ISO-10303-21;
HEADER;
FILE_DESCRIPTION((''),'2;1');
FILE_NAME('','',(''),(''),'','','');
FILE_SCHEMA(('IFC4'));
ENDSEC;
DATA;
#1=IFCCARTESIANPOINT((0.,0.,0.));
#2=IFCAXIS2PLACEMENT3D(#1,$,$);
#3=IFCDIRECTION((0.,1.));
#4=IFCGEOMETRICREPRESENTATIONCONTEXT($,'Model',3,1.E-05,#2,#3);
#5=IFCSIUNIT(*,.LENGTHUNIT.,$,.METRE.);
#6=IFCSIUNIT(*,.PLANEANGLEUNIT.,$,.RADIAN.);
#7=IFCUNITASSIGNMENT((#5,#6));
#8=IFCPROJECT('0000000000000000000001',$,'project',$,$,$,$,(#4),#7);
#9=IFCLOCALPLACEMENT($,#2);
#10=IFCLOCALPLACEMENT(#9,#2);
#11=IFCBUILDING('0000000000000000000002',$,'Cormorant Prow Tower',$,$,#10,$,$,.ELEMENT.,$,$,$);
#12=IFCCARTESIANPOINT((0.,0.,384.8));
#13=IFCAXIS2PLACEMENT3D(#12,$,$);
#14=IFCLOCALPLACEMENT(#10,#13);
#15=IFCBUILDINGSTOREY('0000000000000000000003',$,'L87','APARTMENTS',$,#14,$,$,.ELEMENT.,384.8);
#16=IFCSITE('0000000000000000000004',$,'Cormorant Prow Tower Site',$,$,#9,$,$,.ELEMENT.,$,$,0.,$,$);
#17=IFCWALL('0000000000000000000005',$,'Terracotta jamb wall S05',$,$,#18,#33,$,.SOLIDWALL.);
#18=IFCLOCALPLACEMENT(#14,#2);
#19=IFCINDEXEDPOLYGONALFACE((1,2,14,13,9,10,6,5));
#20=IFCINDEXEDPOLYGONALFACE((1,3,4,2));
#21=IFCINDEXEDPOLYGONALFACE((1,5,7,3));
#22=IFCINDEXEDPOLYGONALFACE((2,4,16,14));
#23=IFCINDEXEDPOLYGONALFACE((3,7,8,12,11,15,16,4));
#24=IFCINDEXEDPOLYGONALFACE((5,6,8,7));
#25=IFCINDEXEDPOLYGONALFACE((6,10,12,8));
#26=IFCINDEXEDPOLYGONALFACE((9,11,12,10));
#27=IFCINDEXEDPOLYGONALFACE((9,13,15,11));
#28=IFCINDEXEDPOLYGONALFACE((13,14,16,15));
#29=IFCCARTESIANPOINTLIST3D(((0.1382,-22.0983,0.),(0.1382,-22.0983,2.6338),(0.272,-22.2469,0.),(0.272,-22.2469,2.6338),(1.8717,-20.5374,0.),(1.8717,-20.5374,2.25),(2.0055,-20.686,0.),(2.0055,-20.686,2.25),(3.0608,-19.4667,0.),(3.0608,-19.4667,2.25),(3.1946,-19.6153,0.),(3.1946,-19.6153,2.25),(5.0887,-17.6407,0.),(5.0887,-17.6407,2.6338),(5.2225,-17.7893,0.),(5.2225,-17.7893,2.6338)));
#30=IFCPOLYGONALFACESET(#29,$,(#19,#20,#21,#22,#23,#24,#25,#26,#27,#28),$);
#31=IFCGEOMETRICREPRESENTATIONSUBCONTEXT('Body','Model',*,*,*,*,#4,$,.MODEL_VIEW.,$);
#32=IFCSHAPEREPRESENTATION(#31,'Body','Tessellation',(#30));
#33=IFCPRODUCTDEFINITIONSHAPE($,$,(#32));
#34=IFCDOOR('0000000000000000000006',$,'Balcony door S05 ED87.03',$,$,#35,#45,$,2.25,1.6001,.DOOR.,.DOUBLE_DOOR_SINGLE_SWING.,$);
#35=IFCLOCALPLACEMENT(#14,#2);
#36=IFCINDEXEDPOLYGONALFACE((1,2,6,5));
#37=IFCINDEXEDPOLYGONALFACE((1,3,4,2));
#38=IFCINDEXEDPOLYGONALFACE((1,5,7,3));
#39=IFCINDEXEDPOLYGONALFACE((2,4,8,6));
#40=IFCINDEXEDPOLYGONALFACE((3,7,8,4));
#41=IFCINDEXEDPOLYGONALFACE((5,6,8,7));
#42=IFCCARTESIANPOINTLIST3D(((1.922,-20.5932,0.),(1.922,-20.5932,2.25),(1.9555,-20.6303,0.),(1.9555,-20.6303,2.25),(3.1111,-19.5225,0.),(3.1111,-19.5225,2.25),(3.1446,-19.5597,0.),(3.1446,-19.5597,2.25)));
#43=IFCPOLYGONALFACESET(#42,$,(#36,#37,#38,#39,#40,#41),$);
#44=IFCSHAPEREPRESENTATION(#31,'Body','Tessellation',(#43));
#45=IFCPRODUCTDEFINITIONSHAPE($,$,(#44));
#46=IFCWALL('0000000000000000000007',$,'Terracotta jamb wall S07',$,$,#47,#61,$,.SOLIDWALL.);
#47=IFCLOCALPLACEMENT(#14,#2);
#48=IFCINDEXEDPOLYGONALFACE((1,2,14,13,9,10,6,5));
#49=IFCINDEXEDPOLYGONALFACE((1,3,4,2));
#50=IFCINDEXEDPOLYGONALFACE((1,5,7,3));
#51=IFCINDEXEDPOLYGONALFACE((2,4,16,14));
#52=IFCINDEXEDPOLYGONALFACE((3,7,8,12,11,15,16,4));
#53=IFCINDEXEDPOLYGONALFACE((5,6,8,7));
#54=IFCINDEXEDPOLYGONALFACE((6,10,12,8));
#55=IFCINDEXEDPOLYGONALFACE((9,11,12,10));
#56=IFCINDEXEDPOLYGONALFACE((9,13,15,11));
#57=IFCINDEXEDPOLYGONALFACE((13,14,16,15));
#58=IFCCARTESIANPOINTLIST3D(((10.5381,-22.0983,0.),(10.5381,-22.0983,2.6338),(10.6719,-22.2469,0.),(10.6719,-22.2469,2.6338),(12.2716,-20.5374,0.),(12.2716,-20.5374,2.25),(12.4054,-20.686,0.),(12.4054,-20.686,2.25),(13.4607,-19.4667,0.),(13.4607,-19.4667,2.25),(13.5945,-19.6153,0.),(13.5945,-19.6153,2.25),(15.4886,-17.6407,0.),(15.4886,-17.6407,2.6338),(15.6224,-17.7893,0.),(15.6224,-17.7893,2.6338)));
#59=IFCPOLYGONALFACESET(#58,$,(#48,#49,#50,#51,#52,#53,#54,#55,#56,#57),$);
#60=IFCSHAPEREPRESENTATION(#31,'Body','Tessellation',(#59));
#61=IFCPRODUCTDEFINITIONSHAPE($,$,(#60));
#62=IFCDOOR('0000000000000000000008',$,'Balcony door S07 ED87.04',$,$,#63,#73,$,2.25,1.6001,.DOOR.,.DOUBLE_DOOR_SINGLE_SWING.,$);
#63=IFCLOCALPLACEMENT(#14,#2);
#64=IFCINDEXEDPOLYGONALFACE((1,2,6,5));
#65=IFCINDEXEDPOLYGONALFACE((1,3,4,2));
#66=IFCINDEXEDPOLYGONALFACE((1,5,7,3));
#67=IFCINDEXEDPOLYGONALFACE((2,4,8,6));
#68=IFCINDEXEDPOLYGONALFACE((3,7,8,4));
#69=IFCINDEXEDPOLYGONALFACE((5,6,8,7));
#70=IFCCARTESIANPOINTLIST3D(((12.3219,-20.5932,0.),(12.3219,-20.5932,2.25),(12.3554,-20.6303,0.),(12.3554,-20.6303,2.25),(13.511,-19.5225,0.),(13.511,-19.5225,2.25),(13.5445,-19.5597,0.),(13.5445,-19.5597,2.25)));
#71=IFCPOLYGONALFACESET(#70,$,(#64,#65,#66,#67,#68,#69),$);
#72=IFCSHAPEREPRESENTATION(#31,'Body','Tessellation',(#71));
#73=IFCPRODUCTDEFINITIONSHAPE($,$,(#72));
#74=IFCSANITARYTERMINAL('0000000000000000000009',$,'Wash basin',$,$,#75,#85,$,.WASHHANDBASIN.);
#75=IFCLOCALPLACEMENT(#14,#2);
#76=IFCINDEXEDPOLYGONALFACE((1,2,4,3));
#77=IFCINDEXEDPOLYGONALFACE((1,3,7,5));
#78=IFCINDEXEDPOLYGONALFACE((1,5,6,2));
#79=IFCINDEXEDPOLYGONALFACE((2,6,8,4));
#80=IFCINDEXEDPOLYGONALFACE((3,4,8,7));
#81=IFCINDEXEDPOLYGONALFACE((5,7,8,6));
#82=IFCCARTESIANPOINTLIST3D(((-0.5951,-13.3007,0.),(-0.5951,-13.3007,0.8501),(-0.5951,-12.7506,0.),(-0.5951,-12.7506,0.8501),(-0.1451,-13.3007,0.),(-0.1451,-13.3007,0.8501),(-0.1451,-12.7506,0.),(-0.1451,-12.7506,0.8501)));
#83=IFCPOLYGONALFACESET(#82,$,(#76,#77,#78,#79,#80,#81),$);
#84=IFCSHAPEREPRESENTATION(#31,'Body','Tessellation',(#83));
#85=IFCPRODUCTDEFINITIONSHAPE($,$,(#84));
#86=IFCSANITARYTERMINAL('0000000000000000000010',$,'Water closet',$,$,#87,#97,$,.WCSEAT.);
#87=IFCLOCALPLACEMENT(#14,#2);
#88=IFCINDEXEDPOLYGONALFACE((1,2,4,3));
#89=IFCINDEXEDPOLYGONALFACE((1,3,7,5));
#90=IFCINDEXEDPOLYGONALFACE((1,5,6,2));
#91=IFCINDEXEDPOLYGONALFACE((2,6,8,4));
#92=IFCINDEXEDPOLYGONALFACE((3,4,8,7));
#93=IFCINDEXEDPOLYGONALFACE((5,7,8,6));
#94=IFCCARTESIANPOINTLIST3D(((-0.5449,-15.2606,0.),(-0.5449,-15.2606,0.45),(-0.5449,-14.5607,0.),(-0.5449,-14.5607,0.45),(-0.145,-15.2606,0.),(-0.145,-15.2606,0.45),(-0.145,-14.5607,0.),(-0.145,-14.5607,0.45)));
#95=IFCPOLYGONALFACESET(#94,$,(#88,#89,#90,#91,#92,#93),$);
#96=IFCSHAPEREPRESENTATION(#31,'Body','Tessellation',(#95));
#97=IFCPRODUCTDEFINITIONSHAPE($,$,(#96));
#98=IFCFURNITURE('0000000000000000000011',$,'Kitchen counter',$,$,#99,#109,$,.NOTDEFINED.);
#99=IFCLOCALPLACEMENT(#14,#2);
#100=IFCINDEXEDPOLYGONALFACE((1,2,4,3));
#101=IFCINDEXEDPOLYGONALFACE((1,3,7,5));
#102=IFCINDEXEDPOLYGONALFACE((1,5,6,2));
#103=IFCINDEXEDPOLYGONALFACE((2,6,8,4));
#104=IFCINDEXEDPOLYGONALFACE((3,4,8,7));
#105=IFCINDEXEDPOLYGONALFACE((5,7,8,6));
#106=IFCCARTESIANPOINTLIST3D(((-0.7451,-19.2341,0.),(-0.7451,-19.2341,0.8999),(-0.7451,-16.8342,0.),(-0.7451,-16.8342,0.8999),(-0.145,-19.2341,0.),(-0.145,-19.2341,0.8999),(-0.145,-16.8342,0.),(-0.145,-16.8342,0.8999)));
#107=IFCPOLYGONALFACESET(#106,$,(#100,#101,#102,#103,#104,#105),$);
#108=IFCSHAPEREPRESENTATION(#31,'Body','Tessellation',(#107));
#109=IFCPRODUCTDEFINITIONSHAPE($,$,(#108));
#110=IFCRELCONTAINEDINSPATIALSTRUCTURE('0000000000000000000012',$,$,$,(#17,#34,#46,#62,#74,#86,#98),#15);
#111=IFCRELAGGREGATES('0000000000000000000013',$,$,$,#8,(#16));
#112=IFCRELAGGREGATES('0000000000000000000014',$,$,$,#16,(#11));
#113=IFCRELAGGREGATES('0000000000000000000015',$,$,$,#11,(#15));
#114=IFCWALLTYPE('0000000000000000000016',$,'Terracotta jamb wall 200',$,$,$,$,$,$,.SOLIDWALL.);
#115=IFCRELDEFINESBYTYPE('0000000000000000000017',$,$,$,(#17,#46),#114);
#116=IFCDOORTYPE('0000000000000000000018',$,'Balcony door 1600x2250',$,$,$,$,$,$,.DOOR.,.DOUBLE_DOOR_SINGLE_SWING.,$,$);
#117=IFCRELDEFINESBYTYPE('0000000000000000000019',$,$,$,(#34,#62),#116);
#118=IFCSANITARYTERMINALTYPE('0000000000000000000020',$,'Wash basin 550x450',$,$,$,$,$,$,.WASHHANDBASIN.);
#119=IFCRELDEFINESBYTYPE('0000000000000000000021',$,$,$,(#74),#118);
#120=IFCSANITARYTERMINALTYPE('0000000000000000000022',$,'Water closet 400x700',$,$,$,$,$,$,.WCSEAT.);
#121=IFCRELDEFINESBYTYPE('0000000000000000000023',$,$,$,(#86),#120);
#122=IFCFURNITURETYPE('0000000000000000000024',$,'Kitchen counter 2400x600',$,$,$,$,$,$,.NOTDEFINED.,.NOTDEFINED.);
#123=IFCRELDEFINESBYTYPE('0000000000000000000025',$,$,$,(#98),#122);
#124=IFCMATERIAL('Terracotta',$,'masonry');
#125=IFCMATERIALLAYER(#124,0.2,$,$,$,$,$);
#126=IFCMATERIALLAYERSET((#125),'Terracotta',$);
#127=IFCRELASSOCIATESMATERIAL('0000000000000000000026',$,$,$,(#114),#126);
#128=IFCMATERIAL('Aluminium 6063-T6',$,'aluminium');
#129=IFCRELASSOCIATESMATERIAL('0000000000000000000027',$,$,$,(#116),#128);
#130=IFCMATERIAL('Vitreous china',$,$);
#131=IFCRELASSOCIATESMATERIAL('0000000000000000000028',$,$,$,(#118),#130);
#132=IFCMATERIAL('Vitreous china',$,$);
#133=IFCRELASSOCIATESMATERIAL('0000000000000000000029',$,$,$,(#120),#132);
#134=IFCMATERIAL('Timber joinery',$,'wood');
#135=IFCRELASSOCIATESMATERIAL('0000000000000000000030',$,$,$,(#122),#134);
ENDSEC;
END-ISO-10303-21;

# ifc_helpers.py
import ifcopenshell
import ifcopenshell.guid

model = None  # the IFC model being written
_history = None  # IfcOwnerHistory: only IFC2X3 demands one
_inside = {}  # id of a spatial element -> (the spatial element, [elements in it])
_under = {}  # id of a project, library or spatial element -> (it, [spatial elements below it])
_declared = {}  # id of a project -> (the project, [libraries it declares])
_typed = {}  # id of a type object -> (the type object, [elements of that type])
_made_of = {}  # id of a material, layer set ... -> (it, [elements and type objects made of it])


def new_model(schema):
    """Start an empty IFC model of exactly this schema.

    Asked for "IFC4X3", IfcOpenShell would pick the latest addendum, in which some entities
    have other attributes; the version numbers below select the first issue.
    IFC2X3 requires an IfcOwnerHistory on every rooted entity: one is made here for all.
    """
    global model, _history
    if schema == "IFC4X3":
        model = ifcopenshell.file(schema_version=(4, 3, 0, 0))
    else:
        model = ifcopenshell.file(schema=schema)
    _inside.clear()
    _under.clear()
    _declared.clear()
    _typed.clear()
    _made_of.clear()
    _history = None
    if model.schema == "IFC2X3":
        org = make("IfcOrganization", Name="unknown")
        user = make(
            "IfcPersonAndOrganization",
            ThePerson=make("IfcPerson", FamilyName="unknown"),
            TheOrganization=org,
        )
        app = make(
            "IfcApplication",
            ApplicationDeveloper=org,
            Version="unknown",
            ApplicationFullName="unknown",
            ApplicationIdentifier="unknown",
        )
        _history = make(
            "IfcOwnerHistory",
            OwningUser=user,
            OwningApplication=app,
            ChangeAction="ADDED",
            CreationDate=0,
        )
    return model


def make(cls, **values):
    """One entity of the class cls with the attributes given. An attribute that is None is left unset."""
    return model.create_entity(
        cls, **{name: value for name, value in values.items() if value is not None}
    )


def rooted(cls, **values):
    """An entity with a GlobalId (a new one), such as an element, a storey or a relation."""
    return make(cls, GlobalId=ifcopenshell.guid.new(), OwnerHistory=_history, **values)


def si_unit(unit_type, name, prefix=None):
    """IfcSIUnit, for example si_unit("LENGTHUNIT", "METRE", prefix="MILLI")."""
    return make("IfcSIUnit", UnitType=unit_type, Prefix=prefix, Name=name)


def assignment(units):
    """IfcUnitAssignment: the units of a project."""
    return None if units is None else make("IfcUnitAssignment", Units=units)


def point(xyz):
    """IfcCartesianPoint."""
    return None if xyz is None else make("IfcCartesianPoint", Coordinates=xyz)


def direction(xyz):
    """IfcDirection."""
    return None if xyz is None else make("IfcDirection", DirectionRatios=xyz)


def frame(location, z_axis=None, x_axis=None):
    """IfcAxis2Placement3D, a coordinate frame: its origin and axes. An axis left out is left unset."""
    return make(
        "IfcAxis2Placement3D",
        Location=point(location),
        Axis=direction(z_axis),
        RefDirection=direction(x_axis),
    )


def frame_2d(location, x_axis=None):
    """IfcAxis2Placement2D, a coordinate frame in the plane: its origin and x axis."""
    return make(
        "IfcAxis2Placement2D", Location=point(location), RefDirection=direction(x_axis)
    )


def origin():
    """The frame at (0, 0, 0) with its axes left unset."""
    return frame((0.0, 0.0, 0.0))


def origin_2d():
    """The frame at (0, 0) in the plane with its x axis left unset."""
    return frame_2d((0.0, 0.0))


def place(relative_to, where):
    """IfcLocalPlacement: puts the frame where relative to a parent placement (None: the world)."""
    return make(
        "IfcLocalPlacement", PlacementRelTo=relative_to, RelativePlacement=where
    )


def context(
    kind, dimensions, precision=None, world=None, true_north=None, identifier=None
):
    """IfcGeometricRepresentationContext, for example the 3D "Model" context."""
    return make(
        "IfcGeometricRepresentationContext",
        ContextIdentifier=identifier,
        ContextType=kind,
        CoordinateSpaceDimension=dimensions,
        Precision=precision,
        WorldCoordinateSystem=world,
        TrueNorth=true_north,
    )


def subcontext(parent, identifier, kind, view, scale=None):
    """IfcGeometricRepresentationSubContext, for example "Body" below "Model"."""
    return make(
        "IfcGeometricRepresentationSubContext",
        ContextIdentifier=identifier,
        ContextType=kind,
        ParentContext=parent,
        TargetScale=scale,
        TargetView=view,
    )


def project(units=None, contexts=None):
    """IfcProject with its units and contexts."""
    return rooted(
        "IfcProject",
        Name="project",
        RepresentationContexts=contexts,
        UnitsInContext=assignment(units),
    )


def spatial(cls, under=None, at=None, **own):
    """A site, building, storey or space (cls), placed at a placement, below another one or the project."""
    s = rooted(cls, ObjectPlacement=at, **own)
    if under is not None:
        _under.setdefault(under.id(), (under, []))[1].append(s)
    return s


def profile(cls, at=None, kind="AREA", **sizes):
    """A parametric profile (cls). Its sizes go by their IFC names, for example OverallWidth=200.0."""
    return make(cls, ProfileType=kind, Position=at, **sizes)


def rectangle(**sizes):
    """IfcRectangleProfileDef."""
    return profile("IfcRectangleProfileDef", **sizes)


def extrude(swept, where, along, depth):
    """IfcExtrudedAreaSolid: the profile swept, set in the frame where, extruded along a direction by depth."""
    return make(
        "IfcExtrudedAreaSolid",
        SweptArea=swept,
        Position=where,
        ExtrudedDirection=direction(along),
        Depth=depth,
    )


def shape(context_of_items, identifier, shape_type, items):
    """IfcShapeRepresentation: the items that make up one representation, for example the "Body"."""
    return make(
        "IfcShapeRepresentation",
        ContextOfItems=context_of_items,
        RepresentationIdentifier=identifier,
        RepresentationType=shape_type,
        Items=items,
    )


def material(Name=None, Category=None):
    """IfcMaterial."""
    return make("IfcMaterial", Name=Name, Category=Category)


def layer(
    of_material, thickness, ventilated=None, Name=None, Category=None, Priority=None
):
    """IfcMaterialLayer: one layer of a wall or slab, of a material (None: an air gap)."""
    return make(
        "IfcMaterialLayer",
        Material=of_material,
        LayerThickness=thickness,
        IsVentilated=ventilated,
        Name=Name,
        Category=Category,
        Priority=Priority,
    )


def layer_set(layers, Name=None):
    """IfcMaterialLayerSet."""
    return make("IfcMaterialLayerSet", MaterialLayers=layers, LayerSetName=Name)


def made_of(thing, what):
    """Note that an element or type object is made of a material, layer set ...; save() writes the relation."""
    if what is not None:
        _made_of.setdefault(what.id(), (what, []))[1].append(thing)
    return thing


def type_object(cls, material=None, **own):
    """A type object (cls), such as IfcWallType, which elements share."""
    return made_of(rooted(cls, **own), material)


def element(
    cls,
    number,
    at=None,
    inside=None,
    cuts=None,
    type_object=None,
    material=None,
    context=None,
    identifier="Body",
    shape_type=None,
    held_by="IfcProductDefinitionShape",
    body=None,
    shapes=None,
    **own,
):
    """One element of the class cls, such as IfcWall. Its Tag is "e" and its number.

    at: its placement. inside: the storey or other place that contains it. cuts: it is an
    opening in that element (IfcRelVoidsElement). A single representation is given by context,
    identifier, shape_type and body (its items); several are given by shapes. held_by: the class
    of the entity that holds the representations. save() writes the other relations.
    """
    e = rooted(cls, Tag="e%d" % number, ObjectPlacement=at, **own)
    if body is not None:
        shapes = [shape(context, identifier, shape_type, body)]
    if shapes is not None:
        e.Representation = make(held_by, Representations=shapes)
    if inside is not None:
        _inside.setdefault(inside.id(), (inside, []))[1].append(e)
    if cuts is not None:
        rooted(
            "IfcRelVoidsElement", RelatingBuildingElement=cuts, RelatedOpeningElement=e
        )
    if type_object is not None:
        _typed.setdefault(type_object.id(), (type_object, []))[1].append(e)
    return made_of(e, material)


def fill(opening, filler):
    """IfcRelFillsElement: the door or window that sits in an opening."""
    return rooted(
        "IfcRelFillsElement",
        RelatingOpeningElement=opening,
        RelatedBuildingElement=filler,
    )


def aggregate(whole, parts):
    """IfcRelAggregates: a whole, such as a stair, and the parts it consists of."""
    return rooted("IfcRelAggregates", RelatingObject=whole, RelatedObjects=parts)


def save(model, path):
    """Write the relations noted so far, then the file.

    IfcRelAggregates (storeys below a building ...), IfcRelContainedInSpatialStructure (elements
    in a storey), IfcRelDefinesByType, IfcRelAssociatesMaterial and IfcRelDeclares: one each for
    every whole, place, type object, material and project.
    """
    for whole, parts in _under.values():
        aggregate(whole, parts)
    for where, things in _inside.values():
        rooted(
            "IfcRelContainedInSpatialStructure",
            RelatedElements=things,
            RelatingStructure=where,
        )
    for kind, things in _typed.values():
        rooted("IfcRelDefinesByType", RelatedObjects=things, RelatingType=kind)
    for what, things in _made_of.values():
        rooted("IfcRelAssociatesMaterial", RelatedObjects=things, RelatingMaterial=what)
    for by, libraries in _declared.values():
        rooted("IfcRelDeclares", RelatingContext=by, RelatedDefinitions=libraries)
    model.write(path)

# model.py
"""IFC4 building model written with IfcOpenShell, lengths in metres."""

from ifc_helpers import new_model, si_unit, direction, frame, frame_2d, origin, origin_2d, place, context, subcontext, project, spatial, rectangle, extrude, material, layer, layer_set, type_object, element, fill, save


model = new_model("IFC4")

# Units and contexts
model_context = context("Model", 3, precision=1e-05, world=origin(), true_north=direction((0.0, 1.0)))
body_context = subcontext(model_context, "Body", "Model", "MODEL_VIEW")
ifc_project = project(units=[si_unit("LENGTHUNIT", "METRE"), si_unit("PLANEANGLEUNIT", "RADIAN")], contexts=[model_context])

# Site, building, storey
site_placement = place(None, origin())
site = spatial("IfcSite", under=ifc_project, at=site_placement, Name="Cormorant Prow Tower Site", CompositionType="ELEMENT", RefElevation=0.0)
building_placement = place(site_placement, origin())
building = spatial("IfcBuilding", under=site, at=building_placement, Name="Cormorant Prow Tower", CompositionType="ELEMENT")
storey_placement = place(building_placement, frame((0.0, 0.0, 384.8)))
storey = spatial("IfcBuildingStorey", under=building, at=storey_placement, Name="L87", Description="APARTMENTS", CompositionType="ELEMENT", Elevation=384.8)

# Walls, openings, doors
ifc_material_1 = material(Name="Terracotta", Category="masonry")
ifc_layer_1 = layer(ifc_material_1, 0.2)
ifc_layer_set_1 = layer_set([ifc_layer_1], Name="Terracotta")
wall_type_1 = type_object("IfcWallType", Name="Terracotta jamb wall 200", PredefinedType="SOLIDWALL", material=ifc_layer_set_1)
wall_1_placement = place(storey_placement, frame((0.2051, -22.1726, 0.0), z_axis=(0.0, 0.0, 1.0), x_axis=(0.743136, 0.669141, 0.0)))
wall_1 = element("IfcWall", 1, at=wall_1_placement, inside=storey, type_object=wall_type_1, Name="Terracotta jamb wall S05", PredefinedType="SOLIDWALL", context=body_context, shape_type="SweptSolid", body=[
    extrude(rectangle(XDim=6.6616, YDim=0.2, at=frame_2d((3.3308, 0.0))), origin(), (0.0, 0.0, 1.0), 2.6338),
])
opening_1_placement = place(wall_1_placement, frame((2.3328, 0.0, 0.0)))
opening_1 = element("IfcOpeningElement", 2, at=opening_1_placement, cuts=wall_1, PredefinedType="OPENING", context=body_context, shape_type="SweptSolid", body=[
    extrude(rectangle(XDim=1.6001, YDim=2.25, at=frame_2d((0.8, 1.125))), frame((0.0, 0.1099, 0.0), z_axis=(0.0, -1.0, 0.0), x_axis=(1.0, 0.0, 0.0)), (0.0, 0.0, 1.0), 0.22),
])
ifc_material_2 = material(Name="Aluminium 6063-T6", Category="aluminium")
door_type_1 = type_object("IfcDoorType", Name="Balcony door 1600x2250", OperationType="DOUBLE_DOOR_SINGLE_SWING", PredefinedType="DOOR", material=ifc_material_2)
door_1_placement = place(opening_1_placement, origin())
door_1 = element("IfcDoor", 3, at=door_1_placement, inside=storey, type_object=door_type_1, Name="Balcony door S05 ED87.03", OperationType="DOUBLE_DOOR_SINGLE_SWING", OverallHeight=2.25, OverallWidth=1.6001, PredefinedType="DOOR", context=body_context, shape_type="SweptSolid", body=[
    extrude(rectangle(XDim=1.6001, YDim=2.25, at=frame_2d((0.8, 1.125))), frame((0.0, 0.0249, 0.0), z_axis=(0.0, -1.0, 0.0), x_axis=(1.0, 0.0, 0.0)), (0.0, 0.0, 1.0), 0.05),
])
fill(opening_1, door_1)
wall_2_placement = place(storey_placement, frame((10.605, -22.1726, 0.0), z_axis=(0.0, 0.0, 1.0), x_axis=(0.743136, 0.669141, 0.0)))
wall_2 = element("IfcWall", 4, at=wall_2_placement, inside=storey, type_object=wall_type_1, Name="Terracotta jamb wall S07", PredefinedType="SOLIDWALL", context=body_context, shape_type="SweptSolid", body=[
    extrude(rectangle(XDim=6.6616, YDim=0.2, at=frame_2d((3.3308, 0.0))), origin(), (0.0, 0.0, 1.0), 2.6338),
])
opening_2_placement = place(wall_2_placement, frame((2.3328, 0.0, 0.0)))
opening_2 = element("IfcOpeningElement", 5, at=opening_2_placement, cuts=wall_2, PredefinedType="OPENING", context=body_context, shape_type="SweptSolid", body=[
    extrude(rectangle(XDim=1.6001, YDim=2.25, at=frame_2d((0.8, 1.125))), frame((0.0, 0.1099, 0.0), z_axis=(0.0, -1.0, 0.0), x_axis=(1.0, 0.0, 0.0)), (0.0, 0.0, 1.0), 0.22),
])
door_2_placement = place(opening_2_placement, origin())
door_2 = element("IfcDoor", 6, at=door_2_placement, inside=storey, type_object=door_type_1, Name="Balcony door S07 ED87.04", OperationType="DOUBLE_DOOR_SINGLE_SWING", OverallHeight=2.25, OverallWidth=1.6001, PredefinedType="DOOR", context=body_context, shape_type="SweptSolid", body=[
    extrude(rectangle(XDim=1.6001, YDim=2.25, at=frame_2d((0.8, 1.125))), frame((0.0, 0.0249, 0.0), z_axis=(0.0, -1.0, 0.0), x_axis=(1.0, 0.0, 0.0)), (0.0, 0.0, 1.0), 0.05),
])
fill(opening_2, door_2)

# Sanitary terminals
ifc_material_3 = material(Name="Vitreous china")
sanitary_terminal_type_1 = type_object("IfcSanitaryTerminalType", Name="Wash basin 550x450", PredefinedType="WASHHANDBASIN", material=ifc_material_3)
sanitary_terminal_1_placement = place(storey_placement, frame((-0.3701, -13.0256, 0.0), z_axis=(0.0, 0.0, 1.0), x_axis=(0.0, -1.0, 0.0)))
element("IfcSanitaryTerminal", 7, at=sanitary_terminal_1_placement, inside=storey, type_object=sanitary_terminal_type_1, Name="Wash basin", PredefinedType="WASHHANDBASIN", context=body_context, shape_type="SweptSolid", body=[
    extrude(rectangle(XDim=0.55, YDim=0.45, at=origin_2d()), origin(), (0.0, 0.0, 1.0), 0.8501),
])
ifc_material_4 = material(Name="Vitreous china")
sanitary_terminal_type_2 = type_object("IfcSanitaryTerminalType", Name="Water closet 400x700", PredefinedType="WCSEAT", material=ifc_material_4)
sanitary_terminal_2_placement = place(storey_placement, frame((-0.345, -14.9106, 0.0), z_axis=(0.0, 0.0, 1.0), x_axis=(-1.0, 0.0, 0.0)))
element("IfcSanitaryTerminal", 8, at=sanitary_terminal_2_placement, inside=storey, type_object=sanitary_terminal_type_2, Name="Water closet", PredefinedType="WCSEAT", context=body_context, shape_type="SweptSolid", body=[
    extrude(rectangle(XDim=0.3999, YDim=0.7, at=origin_2d()), origin(), (0.0, 0.0, 1.0), 0.45),
])

# Furniture
ifc_material_5 = material(Name="Timber joinery", Category="wood")
furniture_type = type_object("IfcFurnitureType", Name="Kitchen counter 2400x600", AssemblyPlace="NOTDEFINED", PredefinedType="NOTDEFINED", material=ifc_material_5)
furniture_placement = place(storey_placement, frame((-0.4451, -18.0342, 0.0), z_axis=(0.0, 0.0, 1.0), x_axis=(0.0, -1.0, 0.0)))
element("IfcFurniture", 9, at=furniture_placement, inside=storey, type_object=furniture_type, Name="Kitchen counter", PredefinedType="NOTDEFINED", context=body_context, shape_type="SweptSolid", body=[
    extrude(rectangle(XDim=2.3999, YDim=0.6001, at=origin_2d()), origin(), (0.0, 0.0, 1.0), 0.8999),
])

save(model, "model.ifc")
